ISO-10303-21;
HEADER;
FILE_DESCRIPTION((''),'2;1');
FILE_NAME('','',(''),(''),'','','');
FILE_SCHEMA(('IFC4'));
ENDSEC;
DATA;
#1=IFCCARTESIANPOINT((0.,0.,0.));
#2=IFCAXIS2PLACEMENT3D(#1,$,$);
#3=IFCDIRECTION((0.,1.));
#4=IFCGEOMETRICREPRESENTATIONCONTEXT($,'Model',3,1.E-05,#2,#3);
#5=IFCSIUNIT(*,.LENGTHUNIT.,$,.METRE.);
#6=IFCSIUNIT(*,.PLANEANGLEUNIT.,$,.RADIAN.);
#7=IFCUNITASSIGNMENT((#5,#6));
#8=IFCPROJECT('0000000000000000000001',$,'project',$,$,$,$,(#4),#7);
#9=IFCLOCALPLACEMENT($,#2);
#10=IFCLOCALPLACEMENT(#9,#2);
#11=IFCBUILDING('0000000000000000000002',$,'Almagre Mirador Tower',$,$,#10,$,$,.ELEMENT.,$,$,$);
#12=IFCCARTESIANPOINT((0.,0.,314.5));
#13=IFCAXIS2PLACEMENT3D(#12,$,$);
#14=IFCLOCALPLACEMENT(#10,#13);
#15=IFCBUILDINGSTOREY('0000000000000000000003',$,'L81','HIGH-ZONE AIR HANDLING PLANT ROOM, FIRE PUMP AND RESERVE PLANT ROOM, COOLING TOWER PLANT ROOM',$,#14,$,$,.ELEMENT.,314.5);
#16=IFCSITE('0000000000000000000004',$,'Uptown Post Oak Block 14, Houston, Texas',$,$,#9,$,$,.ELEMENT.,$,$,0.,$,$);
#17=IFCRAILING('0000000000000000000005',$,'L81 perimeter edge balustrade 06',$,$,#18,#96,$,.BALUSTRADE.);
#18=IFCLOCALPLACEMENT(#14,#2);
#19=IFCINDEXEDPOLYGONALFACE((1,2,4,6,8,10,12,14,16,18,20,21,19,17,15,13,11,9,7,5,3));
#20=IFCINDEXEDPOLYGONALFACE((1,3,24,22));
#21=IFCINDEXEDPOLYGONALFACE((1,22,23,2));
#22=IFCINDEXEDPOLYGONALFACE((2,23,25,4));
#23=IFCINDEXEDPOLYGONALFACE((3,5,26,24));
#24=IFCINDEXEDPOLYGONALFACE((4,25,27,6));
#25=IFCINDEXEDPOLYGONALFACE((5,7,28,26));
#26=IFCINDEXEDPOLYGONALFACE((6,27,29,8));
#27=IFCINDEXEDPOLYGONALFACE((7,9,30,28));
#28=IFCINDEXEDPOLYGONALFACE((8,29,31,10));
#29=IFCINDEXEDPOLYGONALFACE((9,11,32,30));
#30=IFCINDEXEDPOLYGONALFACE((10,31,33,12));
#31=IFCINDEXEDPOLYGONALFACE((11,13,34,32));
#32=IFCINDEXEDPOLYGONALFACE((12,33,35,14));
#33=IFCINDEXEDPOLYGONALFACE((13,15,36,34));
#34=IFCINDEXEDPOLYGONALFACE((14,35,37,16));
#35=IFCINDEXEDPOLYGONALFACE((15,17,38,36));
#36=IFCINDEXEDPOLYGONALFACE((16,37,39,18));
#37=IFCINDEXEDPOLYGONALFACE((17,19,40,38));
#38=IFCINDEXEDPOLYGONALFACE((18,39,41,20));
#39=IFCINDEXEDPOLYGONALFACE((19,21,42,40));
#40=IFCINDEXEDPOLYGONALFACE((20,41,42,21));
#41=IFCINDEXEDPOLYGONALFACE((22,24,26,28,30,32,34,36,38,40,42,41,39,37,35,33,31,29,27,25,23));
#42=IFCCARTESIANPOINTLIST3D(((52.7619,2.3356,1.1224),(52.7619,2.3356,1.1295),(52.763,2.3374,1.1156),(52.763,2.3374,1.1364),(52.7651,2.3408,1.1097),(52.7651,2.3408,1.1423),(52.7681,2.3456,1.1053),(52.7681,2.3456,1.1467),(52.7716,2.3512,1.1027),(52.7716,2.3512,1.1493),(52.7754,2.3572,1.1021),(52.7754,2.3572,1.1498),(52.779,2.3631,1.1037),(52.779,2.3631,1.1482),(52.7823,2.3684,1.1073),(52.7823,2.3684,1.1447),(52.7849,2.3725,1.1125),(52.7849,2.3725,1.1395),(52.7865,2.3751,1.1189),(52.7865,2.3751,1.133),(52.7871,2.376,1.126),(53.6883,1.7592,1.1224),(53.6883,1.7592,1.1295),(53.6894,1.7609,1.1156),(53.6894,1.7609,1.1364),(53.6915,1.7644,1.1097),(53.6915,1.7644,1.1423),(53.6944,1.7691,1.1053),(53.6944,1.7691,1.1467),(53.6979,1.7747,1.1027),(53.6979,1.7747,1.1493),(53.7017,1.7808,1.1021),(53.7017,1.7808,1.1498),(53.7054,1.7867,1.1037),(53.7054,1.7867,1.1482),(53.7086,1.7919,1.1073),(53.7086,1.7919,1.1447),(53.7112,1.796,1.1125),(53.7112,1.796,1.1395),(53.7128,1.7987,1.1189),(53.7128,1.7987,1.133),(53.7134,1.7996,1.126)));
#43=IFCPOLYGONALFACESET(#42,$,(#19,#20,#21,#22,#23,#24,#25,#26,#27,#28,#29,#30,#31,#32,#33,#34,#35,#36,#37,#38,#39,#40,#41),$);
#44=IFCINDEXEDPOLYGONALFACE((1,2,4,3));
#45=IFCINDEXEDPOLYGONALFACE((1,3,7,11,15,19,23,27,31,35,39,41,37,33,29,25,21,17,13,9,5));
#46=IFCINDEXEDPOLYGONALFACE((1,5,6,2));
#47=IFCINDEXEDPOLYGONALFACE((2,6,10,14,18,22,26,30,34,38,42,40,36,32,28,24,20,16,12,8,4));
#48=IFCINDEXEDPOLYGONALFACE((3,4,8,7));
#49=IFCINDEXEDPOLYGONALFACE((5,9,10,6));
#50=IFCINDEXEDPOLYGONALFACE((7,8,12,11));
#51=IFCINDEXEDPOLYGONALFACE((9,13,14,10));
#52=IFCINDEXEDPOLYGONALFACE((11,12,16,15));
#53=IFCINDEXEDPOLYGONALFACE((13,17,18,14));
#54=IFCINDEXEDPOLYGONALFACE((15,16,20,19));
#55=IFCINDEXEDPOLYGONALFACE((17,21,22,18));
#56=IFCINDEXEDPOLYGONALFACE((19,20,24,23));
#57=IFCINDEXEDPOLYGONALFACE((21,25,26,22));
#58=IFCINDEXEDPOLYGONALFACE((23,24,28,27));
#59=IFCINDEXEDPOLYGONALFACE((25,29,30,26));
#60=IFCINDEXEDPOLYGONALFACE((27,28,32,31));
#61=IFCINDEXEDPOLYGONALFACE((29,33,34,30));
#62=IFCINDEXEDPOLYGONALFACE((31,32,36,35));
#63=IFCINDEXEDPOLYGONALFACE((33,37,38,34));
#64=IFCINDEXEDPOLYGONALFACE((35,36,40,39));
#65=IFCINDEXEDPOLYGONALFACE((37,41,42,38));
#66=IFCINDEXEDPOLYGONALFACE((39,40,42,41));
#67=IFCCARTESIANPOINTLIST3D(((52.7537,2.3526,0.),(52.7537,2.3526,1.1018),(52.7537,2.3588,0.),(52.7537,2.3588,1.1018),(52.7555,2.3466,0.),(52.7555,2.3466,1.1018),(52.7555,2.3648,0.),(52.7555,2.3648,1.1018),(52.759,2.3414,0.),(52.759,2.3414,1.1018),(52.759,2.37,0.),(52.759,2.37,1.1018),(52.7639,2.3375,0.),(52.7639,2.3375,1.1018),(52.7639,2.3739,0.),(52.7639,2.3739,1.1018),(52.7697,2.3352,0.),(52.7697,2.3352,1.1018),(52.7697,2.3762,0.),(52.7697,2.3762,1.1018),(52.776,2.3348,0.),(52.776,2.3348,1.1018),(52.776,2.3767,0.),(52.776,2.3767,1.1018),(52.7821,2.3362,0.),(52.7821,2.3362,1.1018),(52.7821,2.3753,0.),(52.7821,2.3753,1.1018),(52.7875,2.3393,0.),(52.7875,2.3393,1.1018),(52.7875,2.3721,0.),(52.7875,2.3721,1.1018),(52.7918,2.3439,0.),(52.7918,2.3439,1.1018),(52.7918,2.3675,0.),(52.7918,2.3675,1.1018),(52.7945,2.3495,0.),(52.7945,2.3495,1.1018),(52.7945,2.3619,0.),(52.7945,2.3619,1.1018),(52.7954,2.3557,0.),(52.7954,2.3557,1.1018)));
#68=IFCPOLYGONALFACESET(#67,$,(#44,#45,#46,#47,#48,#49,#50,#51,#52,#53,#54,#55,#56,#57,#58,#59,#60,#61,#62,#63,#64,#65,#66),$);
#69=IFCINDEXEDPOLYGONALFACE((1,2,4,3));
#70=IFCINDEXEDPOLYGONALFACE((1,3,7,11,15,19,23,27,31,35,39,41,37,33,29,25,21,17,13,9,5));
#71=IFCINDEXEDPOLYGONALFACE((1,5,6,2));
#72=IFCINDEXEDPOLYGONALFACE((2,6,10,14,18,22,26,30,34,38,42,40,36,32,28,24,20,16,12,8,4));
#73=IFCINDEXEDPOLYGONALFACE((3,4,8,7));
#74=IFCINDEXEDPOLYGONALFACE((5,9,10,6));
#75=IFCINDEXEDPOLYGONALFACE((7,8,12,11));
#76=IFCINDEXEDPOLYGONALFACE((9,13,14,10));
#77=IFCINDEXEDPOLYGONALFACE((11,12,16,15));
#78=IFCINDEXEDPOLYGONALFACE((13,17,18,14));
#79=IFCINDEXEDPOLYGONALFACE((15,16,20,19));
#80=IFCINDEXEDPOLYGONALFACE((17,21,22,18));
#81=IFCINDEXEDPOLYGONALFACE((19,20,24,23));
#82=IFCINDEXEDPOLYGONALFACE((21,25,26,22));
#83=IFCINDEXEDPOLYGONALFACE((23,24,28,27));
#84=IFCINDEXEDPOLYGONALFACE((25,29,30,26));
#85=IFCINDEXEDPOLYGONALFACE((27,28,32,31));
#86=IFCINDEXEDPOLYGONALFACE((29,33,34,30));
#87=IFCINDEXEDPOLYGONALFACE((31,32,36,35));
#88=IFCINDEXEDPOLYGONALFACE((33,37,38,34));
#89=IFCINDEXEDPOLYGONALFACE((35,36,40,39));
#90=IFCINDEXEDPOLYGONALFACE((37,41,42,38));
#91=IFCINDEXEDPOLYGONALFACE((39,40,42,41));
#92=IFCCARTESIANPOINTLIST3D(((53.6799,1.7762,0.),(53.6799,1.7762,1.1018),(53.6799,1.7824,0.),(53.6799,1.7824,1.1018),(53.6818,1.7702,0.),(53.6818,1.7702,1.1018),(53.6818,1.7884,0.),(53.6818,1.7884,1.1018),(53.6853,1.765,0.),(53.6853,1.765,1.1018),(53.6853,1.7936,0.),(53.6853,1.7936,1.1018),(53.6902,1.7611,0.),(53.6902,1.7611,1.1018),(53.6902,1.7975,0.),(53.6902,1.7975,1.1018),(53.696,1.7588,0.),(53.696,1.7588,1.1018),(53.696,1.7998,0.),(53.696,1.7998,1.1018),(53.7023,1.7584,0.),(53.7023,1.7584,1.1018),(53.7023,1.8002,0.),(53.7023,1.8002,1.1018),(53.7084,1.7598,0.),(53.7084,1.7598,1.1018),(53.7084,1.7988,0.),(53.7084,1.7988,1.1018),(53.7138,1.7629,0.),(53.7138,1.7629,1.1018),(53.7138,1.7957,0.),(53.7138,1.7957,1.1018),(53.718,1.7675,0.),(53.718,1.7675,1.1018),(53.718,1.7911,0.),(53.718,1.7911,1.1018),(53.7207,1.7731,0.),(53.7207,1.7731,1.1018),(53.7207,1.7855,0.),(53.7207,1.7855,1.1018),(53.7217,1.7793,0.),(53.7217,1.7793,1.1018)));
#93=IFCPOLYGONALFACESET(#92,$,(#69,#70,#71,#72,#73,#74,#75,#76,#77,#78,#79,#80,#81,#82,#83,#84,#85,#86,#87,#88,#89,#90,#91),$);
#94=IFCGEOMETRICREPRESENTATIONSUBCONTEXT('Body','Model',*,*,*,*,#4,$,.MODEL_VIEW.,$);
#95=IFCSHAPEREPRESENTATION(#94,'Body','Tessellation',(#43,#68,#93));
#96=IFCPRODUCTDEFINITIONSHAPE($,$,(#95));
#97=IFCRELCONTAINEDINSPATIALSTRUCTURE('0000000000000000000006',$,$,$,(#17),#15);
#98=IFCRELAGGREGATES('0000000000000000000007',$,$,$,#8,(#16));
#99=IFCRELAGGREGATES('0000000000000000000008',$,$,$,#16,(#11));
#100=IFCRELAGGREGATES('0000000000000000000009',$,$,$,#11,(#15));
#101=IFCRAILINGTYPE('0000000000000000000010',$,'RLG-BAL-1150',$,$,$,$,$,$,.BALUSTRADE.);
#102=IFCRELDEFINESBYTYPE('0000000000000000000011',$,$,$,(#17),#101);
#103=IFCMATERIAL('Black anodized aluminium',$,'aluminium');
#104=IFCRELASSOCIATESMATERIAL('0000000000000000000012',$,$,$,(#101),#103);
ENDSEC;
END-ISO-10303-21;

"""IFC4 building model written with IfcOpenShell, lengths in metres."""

from ifc_helpers import new_model, si_unit, direction, frame, origin, origin_2d, place, context, subcontext, project, spatial, circle, extrude, material, type_object, element, save


model = new_model("IFC4")

# Units and contexts
model_context = context("Model", 3, precision=1e-05, world=origin(), true_north=direction((0.0, 1.0)))
body_context = subcontext(model_context, "Body", "Model", "MODEL_VIEW")
ifc_project = project(units=[si_unit("LENGTHUNIT", "METRE"), si_unit("PLANEANGLEUNIT", "RADIAN")], contexts=[model_context])

# Site, building, storey
site_placement = place(None, origin())
site = spatial("IfcSite", under=ifc_project, at=site_placement, Name="Uptown Post Oak Block 14, Houston, Texas", CompositionType="ELEMENT", RefElevation=0.0)
building_placement = place(site_placement, origin())
building = spatial("IfcBuilding", under=site, at=building_placement, Name="Almagre Mirador Tower", CompositionType="ELEMENT")
storey_placement = place(building_placement, frame((0.0, 0.0, 314.5)))
storey = spatial("IfcBuildingStorey", under=building, at=storey_placement, Name="L81", Description="HIGH-ZONE AIR HANDLING PLANT ROOM, FIRE PUMP AND RESERVE PLANT ROOM, COOLING TOWER PLANT ROOM", CompositionType="ELEMENT", Elevation=314.5)

# Railing
ifc_material_1 = material(Name="Black anodized aluminium", Category="aluminium")
railing_type = type_object("IfcRailingType", Name="RLG-BAL-1150", PredefinedType="BALUSTRADE", material=ifc_material_1)
railing_1_placement = place(storey_placement, frame((52.7744, 2.3557, 0.0)))
element("IfcRailing", 1, at=railing_1_placement, inside=storey, type_object=railing_type, Name="L81 perimeter edge balustrade 06", PredefinedType="BALUSTRADE", context=body_context, shape_type="SweptSolid", body=[
    extrude(circle(Radius=0.0239, at=origin_2d()), frame((0.0, 0.0, 1.126), z_axis=(0.849028, -0.528348, 0.0), x_axis=(0.528348, 0.849028, 0.0)), (0.0, 0.0, 1.0), 1.0911),
    extrude(circle(Radius=0.021, at=origin_2d()), origin(), (0.0, 0.0, 1.0), 1.1018),
    extrude(circle(Radius=0.021, at=origin_2d()), frame((0.9263, -0.5764, 0.0)), (0.0, 0.0, 1.0), 1.1018),
])

save(model, "model.ifc")
